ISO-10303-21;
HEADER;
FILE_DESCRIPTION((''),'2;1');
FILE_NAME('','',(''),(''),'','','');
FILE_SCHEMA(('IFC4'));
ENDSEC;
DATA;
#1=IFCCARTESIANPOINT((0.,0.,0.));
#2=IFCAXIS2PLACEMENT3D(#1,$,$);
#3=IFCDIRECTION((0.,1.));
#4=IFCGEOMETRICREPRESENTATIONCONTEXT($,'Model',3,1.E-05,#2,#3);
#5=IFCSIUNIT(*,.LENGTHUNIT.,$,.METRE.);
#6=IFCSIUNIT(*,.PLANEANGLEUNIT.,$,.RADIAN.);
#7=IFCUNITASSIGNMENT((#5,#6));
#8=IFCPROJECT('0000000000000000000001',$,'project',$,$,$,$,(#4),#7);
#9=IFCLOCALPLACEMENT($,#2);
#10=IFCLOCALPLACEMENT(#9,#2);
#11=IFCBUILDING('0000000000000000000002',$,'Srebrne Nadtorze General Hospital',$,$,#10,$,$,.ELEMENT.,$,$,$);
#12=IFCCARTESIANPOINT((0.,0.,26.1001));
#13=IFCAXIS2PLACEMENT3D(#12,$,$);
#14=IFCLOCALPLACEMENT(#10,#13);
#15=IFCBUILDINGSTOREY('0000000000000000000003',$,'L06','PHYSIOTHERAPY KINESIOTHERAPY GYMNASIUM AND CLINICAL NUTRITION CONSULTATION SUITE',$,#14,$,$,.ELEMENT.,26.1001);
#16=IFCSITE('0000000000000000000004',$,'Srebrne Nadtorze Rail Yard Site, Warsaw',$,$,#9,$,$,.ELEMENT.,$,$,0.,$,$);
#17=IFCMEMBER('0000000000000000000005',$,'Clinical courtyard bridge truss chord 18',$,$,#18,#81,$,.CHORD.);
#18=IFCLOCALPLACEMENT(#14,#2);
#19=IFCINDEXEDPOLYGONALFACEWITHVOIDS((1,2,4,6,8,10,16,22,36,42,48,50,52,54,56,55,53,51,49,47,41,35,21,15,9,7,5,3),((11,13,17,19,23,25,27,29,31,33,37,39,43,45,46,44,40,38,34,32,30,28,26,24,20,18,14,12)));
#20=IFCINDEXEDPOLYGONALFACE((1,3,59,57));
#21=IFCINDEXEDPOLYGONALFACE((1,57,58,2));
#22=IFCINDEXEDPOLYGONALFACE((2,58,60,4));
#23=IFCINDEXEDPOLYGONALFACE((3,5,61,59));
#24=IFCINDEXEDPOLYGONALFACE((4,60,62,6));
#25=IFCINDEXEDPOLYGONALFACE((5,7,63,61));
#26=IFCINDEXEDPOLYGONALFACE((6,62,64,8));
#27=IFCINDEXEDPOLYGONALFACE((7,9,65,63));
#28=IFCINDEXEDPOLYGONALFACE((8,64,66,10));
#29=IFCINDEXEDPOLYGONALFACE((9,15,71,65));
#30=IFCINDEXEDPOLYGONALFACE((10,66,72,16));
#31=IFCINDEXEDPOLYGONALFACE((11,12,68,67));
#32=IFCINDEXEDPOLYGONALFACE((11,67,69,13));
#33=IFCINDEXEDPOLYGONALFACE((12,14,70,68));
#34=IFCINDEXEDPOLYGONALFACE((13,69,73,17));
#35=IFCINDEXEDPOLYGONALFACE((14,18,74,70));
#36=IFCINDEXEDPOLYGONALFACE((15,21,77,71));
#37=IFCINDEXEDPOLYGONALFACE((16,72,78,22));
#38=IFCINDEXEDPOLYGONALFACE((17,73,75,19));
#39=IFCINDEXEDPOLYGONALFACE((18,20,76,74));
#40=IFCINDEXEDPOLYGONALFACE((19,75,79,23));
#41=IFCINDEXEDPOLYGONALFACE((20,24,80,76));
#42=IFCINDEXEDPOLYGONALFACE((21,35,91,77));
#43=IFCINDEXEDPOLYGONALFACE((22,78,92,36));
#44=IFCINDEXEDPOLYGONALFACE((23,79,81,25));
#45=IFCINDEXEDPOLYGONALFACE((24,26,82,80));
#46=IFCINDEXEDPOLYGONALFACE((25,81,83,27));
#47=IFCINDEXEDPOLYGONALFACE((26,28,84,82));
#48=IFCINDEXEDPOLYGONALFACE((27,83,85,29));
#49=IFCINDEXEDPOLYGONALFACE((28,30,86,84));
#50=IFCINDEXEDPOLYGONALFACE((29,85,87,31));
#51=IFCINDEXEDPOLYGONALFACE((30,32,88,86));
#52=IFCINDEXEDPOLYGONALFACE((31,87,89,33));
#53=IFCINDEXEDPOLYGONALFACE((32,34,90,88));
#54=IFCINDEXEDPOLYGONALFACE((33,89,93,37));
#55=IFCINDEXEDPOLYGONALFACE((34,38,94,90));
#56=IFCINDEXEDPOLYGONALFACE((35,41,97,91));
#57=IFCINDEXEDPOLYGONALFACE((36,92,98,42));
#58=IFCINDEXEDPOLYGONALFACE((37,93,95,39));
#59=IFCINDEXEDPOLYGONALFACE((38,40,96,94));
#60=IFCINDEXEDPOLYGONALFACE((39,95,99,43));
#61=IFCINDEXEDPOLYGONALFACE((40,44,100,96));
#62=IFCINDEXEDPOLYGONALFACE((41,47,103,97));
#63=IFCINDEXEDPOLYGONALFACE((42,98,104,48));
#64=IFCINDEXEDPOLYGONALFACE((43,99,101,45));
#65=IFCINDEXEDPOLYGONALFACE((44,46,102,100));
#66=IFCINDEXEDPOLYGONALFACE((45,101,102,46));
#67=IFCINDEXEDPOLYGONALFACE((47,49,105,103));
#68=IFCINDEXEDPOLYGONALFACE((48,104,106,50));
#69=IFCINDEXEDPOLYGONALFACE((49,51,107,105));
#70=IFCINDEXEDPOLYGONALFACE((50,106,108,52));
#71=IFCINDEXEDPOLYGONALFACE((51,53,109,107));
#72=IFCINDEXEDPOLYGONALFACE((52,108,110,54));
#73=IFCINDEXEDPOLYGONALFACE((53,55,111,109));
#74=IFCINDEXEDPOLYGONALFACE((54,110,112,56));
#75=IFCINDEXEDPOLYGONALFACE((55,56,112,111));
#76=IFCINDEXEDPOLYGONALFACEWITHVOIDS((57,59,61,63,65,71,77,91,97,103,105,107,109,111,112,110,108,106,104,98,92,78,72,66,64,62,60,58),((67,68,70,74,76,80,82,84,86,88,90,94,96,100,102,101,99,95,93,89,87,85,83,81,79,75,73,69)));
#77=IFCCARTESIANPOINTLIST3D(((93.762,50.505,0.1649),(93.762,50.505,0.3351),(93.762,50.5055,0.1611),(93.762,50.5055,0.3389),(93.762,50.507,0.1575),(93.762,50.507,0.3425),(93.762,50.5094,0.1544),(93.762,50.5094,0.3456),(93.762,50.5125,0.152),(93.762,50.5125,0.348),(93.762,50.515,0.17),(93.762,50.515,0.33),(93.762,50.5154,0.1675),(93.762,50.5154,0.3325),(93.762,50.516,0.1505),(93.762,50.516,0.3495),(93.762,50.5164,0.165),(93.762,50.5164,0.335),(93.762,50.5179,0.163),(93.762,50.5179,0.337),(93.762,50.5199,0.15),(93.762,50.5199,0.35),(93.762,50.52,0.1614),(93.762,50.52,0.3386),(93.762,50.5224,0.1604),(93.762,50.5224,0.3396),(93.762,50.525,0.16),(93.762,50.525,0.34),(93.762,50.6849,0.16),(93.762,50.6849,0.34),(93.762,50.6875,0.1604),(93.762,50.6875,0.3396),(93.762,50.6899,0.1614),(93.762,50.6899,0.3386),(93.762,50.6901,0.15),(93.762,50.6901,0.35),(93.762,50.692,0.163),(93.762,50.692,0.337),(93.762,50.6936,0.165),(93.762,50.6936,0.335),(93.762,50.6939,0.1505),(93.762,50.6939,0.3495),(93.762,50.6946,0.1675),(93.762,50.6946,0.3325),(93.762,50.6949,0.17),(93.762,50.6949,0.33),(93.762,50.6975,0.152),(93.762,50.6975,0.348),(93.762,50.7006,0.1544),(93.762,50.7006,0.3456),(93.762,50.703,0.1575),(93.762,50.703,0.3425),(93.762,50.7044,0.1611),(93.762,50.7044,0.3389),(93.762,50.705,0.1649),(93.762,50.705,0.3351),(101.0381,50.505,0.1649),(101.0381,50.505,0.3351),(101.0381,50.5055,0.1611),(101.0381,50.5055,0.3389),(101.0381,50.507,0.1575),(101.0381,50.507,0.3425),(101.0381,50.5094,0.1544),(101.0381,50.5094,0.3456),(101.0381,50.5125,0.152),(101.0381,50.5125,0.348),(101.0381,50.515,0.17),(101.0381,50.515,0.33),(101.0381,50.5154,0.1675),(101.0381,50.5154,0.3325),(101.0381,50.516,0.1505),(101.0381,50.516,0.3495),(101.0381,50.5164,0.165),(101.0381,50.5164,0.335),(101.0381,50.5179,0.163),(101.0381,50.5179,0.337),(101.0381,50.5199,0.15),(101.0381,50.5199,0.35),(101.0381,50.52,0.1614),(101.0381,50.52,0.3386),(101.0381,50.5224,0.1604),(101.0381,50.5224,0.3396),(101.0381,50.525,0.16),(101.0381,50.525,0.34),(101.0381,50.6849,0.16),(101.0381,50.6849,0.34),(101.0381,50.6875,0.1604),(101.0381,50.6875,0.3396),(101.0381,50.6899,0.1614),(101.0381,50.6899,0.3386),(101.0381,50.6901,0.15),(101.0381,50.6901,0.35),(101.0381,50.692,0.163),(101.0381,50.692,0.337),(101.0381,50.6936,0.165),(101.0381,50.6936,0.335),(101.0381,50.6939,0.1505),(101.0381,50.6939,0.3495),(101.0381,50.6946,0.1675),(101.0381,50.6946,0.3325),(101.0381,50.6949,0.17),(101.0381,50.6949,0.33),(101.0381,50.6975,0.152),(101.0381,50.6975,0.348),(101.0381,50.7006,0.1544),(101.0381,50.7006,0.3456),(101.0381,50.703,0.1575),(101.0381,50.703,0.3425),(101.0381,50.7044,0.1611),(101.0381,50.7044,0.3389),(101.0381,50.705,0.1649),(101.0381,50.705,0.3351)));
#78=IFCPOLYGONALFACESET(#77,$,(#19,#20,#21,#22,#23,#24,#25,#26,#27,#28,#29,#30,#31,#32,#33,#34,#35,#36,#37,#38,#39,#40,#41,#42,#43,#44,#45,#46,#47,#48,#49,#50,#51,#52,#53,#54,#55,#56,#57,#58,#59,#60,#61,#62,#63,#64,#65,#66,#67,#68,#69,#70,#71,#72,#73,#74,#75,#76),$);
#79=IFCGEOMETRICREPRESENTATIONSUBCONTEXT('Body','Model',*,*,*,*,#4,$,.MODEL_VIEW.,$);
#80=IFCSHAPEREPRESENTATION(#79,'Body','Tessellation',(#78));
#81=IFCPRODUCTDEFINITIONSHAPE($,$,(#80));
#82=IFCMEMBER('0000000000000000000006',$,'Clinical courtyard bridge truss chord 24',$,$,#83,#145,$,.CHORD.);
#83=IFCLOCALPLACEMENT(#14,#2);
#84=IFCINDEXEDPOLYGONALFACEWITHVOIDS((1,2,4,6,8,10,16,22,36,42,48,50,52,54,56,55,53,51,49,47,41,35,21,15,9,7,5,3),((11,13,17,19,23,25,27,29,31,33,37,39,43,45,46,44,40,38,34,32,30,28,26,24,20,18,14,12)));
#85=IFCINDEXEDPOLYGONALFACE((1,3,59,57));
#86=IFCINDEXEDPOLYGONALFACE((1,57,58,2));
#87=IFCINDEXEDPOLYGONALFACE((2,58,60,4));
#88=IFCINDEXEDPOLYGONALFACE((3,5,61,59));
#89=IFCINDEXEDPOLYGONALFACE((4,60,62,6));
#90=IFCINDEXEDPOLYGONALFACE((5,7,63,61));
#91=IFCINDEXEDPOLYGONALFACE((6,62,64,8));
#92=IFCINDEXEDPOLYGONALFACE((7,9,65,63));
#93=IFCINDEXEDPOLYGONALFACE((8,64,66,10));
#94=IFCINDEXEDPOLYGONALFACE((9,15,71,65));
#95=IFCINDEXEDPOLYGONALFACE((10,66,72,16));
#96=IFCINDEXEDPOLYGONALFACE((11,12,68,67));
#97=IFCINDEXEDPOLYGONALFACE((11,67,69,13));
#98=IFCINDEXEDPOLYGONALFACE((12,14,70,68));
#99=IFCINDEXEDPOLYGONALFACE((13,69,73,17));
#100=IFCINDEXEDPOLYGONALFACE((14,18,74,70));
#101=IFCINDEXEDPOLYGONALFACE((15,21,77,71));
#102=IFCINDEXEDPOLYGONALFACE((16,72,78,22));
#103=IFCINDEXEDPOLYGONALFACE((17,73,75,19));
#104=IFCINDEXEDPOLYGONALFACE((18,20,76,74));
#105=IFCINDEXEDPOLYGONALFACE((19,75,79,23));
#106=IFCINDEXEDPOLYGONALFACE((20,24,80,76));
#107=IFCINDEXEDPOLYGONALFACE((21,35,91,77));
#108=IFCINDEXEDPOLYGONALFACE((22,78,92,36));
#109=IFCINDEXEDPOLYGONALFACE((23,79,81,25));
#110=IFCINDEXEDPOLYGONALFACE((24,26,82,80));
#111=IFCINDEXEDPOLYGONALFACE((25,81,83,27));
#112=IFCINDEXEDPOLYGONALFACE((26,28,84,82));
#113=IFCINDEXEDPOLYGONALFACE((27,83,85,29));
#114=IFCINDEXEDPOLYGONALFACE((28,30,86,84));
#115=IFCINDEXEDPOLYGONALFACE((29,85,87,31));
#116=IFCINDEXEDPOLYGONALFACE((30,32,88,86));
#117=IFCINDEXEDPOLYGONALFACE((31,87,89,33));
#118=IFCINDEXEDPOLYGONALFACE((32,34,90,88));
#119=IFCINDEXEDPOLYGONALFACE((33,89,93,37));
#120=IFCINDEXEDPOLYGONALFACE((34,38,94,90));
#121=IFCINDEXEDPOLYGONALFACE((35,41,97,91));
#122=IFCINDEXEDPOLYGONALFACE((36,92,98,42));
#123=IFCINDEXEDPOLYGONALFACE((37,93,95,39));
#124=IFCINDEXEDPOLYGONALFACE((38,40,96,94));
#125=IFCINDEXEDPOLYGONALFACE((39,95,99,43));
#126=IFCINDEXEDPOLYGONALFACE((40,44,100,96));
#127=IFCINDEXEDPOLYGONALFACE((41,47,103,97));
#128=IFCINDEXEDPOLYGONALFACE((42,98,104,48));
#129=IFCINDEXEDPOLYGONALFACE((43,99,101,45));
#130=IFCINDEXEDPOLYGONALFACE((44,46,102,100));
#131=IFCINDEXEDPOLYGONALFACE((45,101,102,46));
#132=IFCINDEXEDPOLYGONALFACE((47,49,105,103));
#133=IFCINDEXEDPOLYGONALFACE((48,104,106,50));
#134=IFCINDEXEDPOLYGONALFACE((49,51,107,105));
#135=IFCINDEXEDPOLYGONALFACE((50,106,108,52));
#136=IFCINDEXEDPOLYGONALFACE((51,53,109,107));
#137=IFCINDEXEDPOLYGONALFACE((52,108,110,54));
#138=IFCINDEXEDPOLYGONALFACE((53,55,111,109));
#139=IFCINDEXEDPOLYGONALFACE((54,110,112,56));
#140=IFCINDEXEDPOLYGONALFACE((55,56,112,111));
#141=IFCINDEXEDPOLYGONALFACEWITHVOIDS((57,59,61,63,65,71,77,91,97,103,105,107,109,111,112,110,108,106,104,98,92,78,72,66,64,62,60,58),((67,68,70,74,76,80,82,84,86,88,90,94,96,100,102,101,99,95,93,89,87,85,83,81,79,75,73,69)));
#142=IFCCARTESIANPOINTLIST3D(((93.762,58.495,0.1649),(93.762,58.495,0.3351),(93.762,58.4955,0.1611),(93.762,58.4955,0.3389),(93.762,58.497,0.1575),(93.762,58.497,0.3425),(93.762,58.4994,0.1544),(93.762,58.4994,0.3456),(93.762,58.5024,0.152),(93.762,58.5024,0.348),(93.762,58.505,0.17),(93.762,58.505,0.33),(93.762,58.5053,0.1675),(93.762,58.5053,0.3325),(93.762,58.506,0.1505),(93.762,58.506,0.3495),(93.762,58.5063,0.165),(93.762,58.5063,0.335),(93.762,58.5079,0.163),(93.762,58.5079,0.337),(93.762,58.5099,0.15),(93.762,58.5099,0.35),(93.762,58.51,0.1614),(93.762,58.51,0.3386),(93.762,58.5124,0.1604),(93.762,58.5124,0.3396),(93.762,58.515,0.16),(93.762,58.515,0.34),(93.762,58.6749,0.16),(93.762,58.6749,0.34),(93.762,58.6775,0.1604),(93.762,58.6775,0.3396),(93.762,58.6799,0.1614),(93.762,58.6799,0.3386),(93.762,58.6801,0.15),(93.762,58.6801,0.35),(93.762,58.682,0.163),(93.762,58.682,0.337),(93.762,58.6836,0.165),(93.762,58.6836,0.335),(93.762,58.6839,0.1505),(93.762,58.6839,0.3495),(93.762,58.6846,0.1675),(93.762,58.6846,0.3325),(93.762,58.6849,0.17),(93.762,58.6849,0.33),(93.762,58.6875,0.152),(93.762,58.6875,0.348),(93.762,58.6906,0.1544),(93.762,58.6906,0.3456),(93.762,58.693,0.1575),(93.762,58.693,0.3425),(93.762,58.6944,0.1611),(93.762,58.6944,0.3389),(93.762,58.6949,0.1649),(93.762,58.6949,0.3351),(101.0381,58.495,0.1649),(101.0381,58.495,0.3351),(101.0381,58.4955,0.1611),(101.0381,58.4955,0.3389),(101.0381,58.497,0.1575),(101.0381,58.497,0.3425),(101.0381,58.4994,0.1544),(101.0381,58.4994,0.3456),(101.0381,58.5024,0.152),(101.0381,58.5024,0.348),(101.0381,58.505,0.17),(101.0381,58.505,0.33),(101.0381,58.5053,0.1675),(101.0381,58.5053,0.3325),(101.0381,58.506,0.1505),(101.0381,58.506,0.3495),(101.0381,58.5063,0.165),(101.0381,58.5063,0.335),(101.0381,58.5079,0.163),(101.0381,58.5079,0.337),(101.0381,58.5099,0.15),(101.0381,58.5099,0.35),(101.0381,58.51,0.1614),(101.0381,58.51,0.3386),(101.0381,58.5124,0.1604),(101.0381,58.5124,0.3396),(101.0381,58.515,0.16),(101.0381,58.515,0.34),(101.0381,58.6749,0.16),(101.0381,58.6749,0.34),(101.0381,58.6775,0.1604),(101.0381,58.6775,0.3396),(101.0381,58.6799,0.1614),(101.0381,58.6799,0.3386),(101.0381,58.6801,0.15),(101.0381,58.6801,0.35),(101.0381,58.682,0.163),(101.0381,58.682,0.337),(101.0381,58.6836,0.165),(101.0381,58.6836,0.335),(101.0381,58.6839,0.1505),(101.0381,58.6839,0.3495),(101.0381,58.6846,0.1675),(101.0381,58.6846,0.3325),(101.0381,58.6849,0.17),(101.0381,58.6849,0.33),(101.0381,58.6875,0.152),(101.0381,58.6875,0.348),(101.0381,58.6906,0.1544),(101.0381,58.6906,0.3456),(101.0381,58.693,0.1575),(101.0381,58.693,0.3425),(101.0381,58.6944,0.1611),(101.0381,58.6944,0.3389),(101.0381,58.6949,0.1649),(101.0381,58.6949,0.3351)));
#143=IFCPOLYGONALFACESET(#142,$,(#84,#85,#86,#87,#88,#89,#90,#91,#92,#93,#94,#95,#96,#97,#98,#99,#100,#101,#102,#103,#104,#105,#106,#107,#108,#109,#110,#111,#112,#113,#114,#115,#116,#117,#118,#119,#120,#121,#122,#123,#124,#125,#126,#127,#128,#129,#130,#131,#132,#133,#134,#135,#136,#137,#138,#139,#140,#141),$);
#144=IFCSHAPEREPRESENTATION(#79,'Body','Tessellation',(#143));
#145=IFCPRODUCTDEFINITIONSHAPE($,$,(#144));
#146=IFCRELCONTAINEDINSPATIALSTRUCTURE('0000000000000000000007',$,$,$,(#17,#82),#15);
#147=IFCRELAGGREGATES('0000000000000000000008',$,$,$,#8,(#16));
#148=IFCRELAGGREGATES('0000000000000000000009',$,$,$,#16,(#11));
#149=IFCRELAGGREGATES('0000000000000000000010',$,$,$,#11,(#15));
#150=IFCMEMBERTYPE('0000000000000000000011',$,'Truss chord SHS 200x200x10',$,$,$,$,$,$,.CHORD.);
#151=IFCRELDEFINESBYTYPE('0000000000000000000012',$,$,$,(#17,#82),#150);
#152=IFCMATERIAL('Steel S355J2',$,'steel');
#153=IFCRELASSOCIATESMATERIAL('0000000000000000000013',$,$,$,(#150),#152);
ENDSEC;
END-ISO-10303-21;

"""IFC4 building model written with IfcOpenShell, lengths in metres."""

from ifc_helpers import new_model, si_unit, direction, frame, origin, origin_2d, place, context, subcontext, project, spatial, hollow_rectangle, extrude, material, material_profile, profile_set, type_object, element, save


model = new_model("IFC4")

# Units and contexts
model_context = context("Model", 3, precision=1e-05, world=origin(), true_north=direction((0.0, 1.0)))
body_context = subcontext(model_context, "Body", "Model", "MODEL_VIEW")
ifc_project = project(units=[si_unit("LENGTHUNIT", "METRE"), si_unit("PLANEANGLEUNIT", "RADIAN")], contexts=[model_context])

# Site, building, storey
site_placement = place(None, origin())
site = spatial("IfcSite", under=ifc_project, at=site_placement, Name="Srebrne Nadtorze Rail Yard Site, Warsaw", CompositionType="ELEMENT", RefElevation=0.0)
building_placement = place(site_placement, origin())
building = spatial("IfcBuilding", under=site, at=building_placement, Name="Srebrne Nadtorze General Hospital", CompositionType="ELEMENT")
storey_placement = place(building_placement, frame((0.0, 0.0, 26.1001)))
storey = spatial("IfcBuildingStorey", under=building, at=storey_placement, Name="L06", Description="PHYSIOTHERAPY KINESIOTHERAPY GYMNASIUM AND CLINICAL NUTRITION CONSULTATION SUITE", CompositionType="ELEMENT", Elevation=26.1001)

# Members
ifc_material_1 = material(Name="Steel S355J2", Category="steel")
ifc_material_profile_1 = material_profile(ifc_material_1, hollow_rectangle(XDim=0.2, YDim=0.2, WallThickness=0.01, InnerFilletRadius=0.01, OuterFilletRadius=0.0149, at=origin_2d()), Name="SHS-200x200x10")
ifc_profile_set_1 = profile_set([ifc_material_profile_1], Name="Steel S355J2")
member_type_1 = type_object("IfcMemberType", Name="Truss chord SHS 200x200x10", PredefinedType="CHORD", material=ifc_profile_set_1)
for number, where, z_axis, x_axis, name in (
    (1, (93.762, 50.605, 0.25), (1.0, 0.0, 0.0), (0.0, 1.0, 0.0), "Clinical courtyard bridge truss chord 18"),
    (2, (93.762, 58.595, 0.25), (1.0, 0.0, 0.0), (0.0, 1.0, 0.0), "Clinical courtyard bridge truss chord 24"),
):
    element("IfcMember", number, at=place(storey_placement, frame(where, z_axis=z_axis, x_axis=x_axis)), inside=storey, type_object=member_type_1, Name=name, PredefinedType="CHORD", context=body_context, shape_type="SweptSolid", body=[
        extrude(hollow_rectangle(XDim=0.2, YDim=0.2, WallThickness=0.01, InnerFilletRadius=0.01, OuterFilletRadius=0.0149, at=origin_2d()), origin(), (0.0, 0.0, 1.0), 7.2761),
    ])

save(model, "model.ifc")
